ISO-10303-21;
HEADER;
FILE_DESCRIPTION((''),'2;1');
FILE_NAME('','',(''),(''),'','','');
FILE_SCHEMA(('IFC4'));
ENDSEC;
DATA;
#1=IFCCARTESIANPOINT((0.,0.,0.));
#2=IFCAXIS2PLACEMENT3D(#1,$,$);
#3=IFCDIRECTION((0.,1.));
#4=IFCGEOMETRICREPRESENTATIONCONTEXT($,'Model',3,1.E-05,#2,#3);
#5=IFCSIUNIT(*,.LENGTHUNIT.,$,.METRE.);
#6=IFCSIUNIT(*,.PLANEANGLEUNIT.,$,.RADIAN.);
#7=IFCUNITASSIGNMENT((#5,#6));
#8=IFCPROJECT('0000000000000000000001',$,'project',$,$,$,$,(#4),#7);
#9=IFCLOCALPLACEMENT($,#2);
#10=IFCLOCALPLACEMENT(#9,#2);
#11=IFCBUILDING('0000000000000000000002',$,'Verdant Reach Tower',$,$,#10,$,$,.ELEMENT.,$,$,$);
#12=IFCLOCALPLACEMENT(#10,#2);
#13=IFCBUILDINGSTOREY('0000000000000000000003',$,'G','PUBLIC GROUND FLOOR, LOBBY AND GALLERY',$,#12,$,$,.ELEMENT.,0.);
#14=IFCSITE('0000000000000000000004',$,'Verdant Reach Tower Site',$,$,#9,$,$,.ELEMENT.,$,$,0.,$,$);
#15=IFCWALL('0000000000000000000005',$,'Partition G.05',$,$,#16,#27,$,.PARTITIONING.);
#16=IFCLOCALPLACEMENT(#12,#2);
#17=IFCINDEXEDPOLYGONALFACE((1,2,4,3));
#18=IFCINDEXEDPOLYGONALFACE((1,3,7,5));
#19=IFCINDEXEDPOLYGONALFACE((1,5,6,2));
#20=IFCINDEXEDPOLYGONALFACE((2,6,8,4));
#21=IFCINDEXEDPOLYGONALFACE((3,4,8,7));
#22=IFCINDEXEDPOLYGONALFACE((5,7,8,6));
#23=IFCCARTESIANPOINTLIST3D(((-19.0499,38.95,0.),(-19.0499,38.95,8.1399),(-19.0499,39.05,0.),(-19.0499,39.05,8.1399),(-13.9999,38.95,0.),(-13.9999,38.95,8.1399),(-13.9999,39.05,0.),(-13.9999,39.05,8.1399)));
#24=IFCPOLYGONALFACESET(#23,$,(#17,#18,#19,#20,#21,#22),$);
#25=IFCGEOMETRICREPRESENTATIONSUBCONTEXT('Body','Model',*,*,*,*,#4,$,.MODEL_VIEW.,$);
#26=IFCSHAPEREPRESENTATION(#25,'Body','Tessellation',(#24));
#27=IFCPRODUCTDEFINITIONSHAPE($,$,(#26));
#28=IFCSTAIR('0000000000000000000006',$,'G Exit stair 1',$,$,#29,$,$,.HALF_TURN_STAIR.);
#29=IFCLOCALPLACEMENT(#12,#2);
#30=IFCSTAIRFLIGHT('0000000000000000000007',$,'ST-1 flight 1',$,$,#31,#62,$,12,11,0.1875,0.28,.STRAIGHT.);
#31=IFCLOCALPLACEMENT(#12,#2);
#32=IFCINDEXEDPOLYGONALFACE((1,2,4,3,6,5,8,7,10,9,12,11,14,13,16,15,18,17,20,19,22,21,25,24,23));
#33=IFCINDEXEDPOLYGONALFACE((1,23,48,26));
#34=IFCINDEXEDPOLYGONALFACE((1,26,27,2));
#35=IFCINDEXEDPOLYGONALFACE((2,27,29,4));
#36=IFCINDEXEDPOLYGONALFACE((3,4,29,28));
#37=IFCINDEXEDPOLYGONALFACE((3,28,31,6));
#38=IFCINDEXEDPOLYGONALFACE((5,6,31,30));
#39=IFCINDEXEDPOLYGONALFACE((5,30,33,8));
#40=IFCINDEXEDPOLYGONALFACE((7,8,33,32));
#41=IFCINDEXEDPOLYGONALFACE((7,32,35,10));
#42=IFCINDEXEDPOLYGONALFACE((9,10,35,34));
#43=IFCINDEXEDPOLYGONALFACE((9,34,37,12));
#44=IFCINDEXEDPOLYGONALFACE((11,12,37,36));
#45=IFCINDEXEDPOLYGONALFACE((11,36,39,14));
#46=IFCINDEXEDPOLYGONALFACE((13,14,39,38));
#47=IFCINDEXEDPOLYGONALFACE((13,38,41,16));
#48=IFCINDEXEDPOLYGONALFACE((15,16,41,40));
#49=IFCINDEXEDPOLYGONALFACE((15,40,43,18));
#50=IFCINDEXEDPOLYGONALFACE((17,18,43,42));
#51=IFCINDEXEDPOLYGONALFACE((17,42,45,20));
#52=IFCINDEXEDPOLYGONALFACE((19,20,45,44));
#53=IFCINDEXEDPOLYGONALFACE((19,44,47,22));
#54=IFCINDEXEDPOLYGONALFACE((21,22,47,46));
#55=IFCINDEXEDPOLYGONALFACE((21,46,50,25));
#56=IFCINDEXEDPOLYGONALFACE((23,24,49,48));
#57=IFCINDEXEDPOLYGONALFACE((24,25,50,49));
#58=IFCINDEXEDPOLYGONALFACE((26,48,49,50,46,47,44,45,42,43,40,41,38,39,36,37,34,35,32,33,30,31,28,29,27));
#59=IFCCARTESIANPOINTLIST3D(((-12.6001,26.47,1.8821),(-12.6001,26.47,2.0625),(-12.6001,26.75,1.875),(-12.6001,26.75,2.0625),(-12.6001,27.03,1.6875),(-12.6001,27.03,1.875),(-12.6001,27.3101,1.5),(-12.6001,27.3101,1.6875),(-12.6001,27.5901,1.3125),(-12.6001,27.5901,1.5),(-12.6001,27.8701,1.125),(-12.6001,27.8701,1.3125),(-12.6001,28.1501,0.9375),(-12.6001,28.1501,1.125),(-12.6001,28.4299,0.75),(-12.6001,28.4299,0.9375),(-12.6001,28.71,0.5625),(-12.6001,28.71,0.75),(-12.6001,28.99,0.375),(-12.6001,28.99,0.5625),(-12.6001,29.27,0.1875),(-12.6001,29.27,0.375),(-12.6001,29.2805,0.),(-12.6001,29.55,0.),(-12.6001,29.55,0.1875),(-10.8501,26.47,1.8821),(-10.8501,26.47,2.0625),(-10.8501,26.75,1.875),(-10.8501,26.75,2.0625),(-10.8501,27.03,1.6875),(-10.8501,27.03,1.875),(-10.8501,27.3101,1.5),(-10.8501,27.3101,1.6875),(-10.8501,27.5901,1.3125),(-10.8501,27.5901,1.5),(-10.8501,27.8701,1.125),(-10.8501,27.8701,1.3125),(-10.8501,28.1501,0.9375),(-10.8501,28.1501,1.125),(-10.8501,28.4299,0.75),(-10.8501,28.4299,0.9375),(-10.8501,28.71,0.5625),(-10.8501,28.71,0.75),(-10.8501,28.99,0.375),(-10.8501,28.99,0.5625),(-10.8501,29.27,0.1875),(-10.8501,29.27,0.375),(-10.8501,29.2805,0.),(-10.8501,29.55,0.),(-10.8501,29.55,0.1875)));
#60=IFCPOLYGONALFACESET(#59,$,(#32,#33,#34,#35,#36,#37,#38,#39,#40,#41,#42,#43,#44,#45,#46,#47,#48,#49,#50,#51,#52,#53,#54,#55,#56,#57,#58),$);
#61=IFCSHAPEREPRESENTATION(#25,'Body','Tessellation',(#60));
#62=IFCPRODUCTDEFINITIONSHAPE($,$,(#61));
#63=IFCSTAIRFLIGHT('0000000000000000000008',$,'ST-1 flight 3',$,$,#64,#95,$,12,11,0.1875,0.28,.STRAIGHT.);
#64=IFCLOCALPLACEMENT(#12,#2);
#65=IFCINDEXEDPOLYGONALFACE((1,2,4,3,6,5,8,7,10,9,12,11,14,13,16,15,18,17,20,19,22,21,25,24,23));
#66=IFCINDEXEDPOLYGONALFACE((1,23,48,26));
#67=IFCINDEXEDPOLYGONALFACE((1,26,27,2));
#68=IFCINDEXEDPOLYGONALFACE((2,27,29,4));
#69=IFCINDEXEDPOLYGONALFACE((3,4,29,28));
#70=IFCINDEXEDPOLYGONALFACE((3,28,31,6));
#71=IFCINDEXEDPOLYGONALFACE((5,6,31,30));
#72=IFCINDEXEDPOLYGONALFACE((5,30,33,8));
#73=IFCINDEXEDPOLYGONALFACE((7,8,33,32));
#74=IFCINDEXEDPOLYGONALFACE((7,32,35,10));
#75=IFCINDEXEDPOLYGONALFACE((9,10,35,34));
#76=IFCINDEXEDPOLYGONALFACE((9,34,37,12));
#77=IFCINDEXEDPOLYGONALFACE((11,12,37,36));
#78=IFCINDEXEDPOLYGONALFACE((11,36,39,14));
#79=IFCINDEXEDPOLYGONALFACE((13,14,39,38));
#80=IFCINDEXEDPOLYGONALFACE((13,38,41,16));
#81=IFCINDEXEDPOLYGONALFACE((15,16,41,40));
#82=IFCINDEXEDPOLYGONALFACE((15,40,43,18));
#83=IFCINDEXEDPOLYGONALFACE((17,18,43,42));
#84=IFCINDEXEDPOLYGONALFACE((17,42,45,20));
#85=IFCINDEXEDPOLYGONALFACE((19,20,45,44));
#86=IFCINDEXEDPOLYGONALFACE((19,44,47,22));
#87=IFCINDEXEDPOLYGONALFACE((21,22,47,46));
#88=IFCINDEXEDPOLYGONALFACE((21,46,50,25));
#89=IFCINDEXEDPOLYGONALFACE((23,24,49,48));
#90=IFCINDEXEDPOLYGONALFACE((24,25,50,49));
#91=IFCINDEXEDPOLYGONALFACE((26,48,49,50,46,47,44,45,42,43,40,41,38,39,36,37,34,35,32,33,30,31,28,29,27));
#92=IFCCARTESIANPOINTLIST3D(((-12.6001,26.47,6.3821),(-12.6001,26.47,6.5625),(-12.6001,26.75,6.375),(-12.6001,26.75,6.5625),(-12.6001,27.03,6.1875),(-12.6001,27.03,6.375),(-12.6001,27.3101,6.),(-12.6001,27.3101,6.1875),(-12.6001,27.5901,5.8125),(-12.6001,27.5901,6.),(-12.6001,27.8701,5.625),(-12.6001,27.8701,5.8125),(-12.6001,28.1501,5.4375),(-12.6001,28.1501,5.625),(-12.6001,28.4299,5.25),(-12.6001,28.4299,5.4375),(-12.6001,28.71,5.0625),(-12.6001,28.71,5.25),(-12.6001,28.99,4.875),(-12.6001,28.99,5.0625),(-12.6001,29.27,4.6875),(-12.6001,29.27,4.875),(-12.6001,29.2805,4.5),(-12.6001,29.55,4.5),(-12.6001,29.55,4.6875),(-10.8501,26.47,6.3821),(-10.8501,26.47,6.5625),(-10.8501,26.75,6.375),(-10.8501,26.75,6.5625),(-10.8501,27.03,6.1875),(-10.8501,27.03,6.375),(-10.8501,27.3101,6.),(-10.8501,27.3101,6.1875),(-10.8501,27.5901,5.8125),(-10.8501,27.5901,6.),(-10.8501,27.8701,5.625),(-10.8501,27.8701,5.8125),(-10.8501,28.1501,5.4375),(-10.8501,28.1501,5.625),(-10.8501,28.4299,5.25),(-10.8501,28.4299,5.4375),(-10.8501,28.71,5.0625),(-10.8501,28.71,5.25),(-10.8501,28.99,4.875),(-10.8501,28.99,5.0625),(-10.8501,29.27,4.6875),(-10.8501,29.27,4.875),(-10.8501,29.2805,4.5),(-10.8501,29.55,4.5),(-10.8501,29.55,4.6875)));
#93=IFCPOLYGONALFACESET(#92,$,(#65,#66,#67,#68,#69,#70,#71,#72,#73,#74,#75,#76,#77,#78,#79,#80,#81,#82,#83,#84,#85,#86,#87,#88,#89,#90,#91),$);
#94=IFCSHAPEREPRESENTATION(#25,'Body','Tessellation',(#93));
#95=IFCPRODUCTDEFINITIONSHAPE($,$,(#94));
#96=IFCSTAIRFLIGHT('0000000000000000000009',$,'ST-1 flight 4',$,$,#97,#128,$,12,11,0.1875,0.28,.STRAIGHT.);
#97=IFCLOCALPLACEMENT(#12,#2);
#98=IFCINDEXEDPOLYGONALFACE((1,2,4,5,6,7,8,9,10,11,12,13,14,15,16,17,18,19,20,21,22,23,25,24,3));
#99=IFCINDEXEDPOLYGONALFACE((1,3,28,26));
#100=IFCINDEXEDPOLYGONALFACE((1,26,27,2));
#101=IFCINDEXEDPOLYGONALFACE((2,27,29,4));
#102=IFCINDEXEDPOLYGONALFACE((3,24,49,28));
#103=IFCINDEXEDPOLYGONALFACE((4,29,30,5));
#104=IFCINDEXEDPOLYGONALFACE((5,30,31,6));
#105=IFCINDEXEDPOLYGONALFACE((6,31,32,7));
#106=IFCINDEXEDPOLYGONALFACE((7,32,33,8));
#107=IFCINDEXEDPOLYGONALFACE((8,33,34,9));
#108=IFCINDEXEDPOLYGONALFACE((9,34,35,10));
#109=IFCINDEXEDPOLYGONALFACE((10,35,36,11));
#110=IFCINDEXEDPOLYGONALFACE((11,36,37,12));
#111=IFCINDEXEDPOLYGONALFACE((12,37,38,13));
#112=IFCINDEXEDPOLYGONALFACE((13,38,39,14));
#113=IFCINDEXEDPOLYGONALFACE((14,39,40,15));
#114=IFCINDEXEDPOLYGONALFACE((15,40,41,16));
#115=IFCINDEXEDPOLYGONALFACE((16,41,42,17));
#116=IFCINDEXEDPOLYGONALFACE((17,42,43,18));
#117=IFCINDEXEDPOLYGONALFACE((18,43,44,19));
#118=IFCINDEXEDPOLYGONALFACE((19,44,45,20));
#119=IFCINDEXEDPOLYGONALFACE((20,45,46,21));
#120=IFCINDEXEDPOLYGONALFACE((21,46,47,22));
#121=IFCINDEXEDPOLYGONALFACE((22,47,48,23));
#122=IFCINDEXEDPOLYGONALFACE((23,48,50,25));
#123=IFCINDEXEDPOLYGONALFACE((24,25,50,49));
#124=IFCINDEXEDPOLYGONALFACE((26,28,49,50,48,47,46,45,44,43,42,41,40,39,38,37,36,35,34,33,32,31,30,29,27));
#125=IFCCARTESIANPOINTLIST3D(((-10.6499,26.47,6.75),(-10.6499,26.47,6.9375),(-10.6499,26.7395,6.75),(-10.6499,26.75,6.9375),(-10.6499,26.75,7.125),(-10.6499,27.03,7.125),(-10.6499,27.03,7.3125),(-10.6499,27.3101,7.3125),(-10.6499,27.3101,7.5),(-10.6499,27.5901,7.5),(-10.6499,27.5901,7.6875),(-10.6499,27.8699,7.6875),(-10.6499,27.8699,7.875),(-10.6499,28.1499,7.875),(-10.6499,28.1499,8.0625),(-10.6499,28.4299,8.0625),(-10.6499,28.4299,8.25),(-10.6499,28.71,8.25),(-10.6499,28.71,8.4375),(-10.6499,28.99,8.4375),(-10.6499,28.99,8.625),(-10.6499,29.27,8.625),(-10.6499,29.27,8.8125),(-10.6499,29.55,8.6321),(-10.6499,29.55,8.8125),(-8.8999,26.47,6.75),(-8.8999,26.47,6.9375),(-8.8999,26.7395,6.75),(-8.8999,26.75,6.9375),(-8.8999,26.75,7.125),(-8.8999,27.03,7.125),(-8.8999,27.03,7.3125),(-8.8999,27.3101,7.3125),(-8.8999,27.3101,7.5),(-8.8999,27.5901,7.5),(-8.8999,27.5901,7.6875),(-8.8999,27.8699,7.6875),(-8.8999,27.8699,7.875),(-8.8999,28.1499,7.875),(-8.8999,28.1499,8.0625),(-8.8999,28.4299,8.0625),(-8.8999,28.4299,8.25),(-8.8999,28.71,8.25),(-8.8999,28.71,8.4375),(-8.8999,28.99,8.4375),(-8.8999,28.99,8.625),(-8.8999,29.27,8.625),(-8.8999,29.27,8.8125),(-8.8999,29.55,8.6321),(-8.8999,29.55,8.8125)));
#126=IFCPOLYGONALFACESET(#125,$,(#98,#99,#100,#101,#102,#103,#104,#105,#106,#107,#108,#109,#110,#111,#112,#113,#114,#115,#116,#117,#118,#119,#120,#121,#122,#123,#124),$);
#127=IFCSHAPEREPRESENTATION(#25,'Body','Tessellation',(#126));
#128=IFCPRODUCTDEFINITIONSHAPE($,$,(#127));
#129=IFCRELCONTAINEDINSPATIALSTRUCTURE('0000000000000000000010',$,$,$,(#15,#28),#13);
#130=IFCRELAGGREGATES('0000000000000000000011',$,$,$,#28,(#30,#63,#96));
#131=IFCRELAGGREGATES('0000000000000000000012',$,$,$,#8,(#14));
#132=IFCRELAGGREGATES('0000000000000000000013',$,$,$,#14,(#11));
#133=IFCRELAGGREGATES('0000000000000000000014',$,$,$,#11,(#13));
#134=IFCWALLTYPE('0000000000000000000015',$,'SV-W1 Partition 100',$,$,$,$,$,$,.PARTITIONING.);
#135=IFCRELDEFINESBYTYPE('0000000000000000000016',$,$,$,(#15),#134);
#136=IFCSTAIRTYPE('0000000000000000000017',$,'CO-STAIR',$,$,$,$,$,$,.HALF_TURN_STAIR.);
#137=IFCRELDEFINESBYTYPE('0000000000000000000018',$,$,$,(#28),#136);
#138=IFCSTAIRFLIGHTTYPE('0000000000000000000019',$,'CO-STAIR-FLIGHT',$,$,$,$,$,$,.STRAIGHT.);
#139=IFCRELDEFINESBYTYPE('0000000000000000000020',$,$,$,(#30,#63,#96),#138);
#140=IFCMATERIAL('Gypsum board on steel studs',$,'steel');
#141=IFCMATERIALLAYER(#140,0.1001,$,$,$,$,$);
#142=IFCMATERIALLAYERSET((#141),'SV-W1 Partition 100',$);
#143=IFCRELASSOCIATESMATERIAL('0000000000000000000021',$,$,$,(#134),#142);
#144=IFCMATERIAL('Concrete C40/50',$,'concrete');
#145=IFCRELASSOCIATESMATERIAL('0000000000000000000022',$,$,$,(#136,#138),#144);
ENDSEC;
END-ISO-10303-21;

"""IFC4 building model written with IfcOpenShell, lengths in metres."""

from ifc_helpers import new_model, si_unit, direction, frame, frame_2d, origin, place, context, subcontext, project, spatial, polyline, rectangle, outline, extrude, material, layer, layer_set, type_object, element, aggregate, save


model = new_model("IFC4")

# Units and contexts
model_context = context("Model", 3, precision=1e-05, world=origin(), true_north=direction((0.0, 1.0)))
body_context = subcontext(model_context, "Body", "Model", "MODEL_VIEW")
ifc_project = project(units=[si_unit("LENGTHUNIT", "METRE"), si_unit("PLANEANGLEUNIT", "RADIAN")], contexts=[model_context])

# Site, building, storey
site_placement = place(None, origin())
site = spatial("IfcSite", under=ifc_project, at=site_placement, Name="Verdant Reach Tower Site", CompositionType="ELEMENT", RefElevation=0.0)
building_placement = place(site_placement, origin())
building = spatial("IfcBuilding", under=site, at=building_placement, Name="Verdant Reach Tower", CompositionType="ELEMENT")
storey_placement = place(building_placement, origin())
storey = spatial("IfcBuildingStorey", under=building, at=storey_placement, Name="G", Description="PUBLIC GROUND FLOOR, LOBBY AND GALLERY", CompositionType="ELEMENT", Elevation=0.0)

# Shared definitions
ifc_material_1 = material(Name="Concrete C40/50", Category="concrete")

# Wall
ifc_material_2 = material(Name="Gypsum board on steel studs", Category="steel")
ifc_layer_1 = layer(ifc_material_2, 0.1001)
ifc_layer_set_1 = layer_set([ifc_layer_1], Name="SV-W1 Partition 100")
wall_type_1 = type_object("IfcWallType", Name="SV-W1 Partition 100", PredefinedType="PARTITIONING", material=ifc_layer_set_1)
wall_1_placement = place(storey_placement, frame((-14.0, 39.0, 0.0), z_axis=(0.0, 0.0, 1.0), x_axis=(-1.0, 0.0, 0.0)))
element("IfcWall", 1, at=wall_1_placement, inside=storey, type_object=wall_type_1, Name="Partition G.05", PredefinedType="PARTITIONING", context=body_context, shape_type="SweptSolid", body=[
    extrude(rectangle(XDim=5.05, YDim=0.1001, at=frame_2d((2.5249, 0.0))), origin(), (0.0, 0.0, 1.0), 8.1399),
])

# Stair, stair flights
stair_type = type_object("IfcStairType", Name="CO-STAIR", PredefinedType="HALF_TURN_STAIR", material=ifc_material_1)
stair_placement = place(storey_placement, origin())
stair = element("IfcStair", 2, at=stair_placement, inside=storey, type_object=stair_type, Name="G Exit stair 1", PredefinedType="HALF_TURN_STAIR")
stair_flight_type = type_object("IfcStairFlightType", Name="CO-STAIR-FLIGHT", PredefinedType="STRAIGHT", material=ifc_material_1)
stair_flight_1_placement = place(storey_placement, frame((-11.7251, 29.55, 0.0), z_axis=(0.0, 0.0, 1.0), x_axis=(0.0, -1.0, 0.0)))
stair_flight_1 = element("IfcStairFlight", 3, at=stair_flight_1_placement, type_object=stair_flight_type, Name="ST-1 flight 1", NumberOfRisers=12, NumberOfTreads=11, PredefinedType="STRAIGHT", RiserHeight=0.1875, TreadLength=0.28, context=body_context, shape_type="SweptSolid", body=[
    extrude(outline(polyline([(0.0, 0.0), (0.0, 0.1875), (0.28, 0.1875), (0.28, 0.375), (0.5601, 0.375), (0.5601, 0.5625), (0.8401, 0.5625), (0.8401, 0.75), (1.1201, 0.75), (1.1201, 0.9375), (1.3999, 0.9375), (1.3999, 1.125), (1.6799, 1.125), (1.6799, 1.3125), (1.96, 1.3125), (1.96, 1.5), (2.24, 1.5), (2.24, 1.6875), (2.52, 1.6875), (2.52, 1.875), (2.8, 1.875), (2.8, 2.0625), (3.0801, 2.0625), (3.0801, 2.25), (3.0801, 1.8821), (0.2695, 0.0), (0.0, 0.0)])), frame((0.0, 0.875, 0.0), z_axis=(0.0, -1.0, 0.0), x_axis=(1.0, 0.0, 0.0)), (0.0, 0.0, 1.0), 1.75),
])
stair_flight_2_placement = place(storey_placement, frame((-11.7251, 29.55, 4.5), z_axis=(0.0, 0.0, 1.0), x_axis=(0.0, -1.0, 0.0)))
stair_flight_2 = element("IfcStairFlight", 4, at=stair_flight_2_placement, type_object=stair_flight_type, Name="ST-1 flight 3", NumberOfRisers=12, NumberOfTreads=11, PredefinedType="STRAIGHT", RiserHeight=0.1875, TreadLength=0.28, context=body_context, shape_type="SweptSolid", body=[
    extrude(outline(polyline([(0.0, 0.0), (0.0, 0.1875), (0.28, 0.1875), (0.28, 0.375), (0.5601, 0.375), (0.5601, 0.5625), (0.8401, 0.5625), (0.8401, 0.75), (1.1201, 0.75), (1.1201, 0.9375), (1.3999, 0.9375), (1.3999, 1.125), (1.6799, 1.125), (1.6799, 1.3125), (1.96, 1.3125), (1.96, 1.5), (2.24, 1.5), (2.24, 1.6875), (2.52, 1.6875), (2.52, 1.875), (2.8, 1.875), (2.8, 2.0625), (3.0801, 2.0625), (3.0801, 2.25), (3.0801, 1.8821), (0.2695, 0.0), (0.0, 0.0)])), frame((0.0, 0.875, 0.0), z_axis=(0.0, -1.0, 0.0), x_axis=(1.0, 0.0, 0.0)), (0.0, 0.0, 1.0), 1.75),
])
stair_flight_3_placement = place(storey_placement, frame((-9.7749, 26.47, 6.75), z_axis=(0.0, 0.0, 1.0), x_axis=(0.0, 1.0, 0.0)))
stair_flight_3 = element("IfcStairFlight", 5, at=stair_flight_3_placement, type_object=stair_flight_type, Name="ST-1 flight 4", NumberOfRisers=12, NumberOfTreads=11, PredefinedType="STRAIGHT", RiserHeight=0.1875, TreadLength=0.28, context=body_context, shape_type="SweptSolid", body=[
    extrude(outline(polyline([(0.0, 0.0), (0.0, 0.1875), (0.28, 0.1875), (0.28, 0.375), (0.5601, 0.375), (0.5601, 0.5625), (0.8401, 0.5625), (0.8401, 0.75), (1.1201, 0.75), (1.1201, 0.9375), (1.3999, 0.9375), (1.3999, 1.125), (1.6799, 1.125), (1.6799, 1.3125), (1.96, 1.3125), (1.96, 1.5), (2.24, 1.5), (2.24, 1.6875), (2.52, 1.6875), (2.52, 1.875), (2.8, 1.875), (2.8, 2.0625), (3.0801, 2.0625), (3.0801, 2.25), (3.0801, 1.8821), (0.2695, 0.0), (0.0, 0.0)])), frame((0.0, 0.875, 0.0), z_axis=(0.0, -1.0, 0.0), x_axis=(1.0, 0.0, 0.0)), (0.0, 0.0, 1.0), 1.75),
])
aggregate(stair, [stair_flight_1, stair_flight_2, stair_flight_3])

save(model, "model.ifc")
